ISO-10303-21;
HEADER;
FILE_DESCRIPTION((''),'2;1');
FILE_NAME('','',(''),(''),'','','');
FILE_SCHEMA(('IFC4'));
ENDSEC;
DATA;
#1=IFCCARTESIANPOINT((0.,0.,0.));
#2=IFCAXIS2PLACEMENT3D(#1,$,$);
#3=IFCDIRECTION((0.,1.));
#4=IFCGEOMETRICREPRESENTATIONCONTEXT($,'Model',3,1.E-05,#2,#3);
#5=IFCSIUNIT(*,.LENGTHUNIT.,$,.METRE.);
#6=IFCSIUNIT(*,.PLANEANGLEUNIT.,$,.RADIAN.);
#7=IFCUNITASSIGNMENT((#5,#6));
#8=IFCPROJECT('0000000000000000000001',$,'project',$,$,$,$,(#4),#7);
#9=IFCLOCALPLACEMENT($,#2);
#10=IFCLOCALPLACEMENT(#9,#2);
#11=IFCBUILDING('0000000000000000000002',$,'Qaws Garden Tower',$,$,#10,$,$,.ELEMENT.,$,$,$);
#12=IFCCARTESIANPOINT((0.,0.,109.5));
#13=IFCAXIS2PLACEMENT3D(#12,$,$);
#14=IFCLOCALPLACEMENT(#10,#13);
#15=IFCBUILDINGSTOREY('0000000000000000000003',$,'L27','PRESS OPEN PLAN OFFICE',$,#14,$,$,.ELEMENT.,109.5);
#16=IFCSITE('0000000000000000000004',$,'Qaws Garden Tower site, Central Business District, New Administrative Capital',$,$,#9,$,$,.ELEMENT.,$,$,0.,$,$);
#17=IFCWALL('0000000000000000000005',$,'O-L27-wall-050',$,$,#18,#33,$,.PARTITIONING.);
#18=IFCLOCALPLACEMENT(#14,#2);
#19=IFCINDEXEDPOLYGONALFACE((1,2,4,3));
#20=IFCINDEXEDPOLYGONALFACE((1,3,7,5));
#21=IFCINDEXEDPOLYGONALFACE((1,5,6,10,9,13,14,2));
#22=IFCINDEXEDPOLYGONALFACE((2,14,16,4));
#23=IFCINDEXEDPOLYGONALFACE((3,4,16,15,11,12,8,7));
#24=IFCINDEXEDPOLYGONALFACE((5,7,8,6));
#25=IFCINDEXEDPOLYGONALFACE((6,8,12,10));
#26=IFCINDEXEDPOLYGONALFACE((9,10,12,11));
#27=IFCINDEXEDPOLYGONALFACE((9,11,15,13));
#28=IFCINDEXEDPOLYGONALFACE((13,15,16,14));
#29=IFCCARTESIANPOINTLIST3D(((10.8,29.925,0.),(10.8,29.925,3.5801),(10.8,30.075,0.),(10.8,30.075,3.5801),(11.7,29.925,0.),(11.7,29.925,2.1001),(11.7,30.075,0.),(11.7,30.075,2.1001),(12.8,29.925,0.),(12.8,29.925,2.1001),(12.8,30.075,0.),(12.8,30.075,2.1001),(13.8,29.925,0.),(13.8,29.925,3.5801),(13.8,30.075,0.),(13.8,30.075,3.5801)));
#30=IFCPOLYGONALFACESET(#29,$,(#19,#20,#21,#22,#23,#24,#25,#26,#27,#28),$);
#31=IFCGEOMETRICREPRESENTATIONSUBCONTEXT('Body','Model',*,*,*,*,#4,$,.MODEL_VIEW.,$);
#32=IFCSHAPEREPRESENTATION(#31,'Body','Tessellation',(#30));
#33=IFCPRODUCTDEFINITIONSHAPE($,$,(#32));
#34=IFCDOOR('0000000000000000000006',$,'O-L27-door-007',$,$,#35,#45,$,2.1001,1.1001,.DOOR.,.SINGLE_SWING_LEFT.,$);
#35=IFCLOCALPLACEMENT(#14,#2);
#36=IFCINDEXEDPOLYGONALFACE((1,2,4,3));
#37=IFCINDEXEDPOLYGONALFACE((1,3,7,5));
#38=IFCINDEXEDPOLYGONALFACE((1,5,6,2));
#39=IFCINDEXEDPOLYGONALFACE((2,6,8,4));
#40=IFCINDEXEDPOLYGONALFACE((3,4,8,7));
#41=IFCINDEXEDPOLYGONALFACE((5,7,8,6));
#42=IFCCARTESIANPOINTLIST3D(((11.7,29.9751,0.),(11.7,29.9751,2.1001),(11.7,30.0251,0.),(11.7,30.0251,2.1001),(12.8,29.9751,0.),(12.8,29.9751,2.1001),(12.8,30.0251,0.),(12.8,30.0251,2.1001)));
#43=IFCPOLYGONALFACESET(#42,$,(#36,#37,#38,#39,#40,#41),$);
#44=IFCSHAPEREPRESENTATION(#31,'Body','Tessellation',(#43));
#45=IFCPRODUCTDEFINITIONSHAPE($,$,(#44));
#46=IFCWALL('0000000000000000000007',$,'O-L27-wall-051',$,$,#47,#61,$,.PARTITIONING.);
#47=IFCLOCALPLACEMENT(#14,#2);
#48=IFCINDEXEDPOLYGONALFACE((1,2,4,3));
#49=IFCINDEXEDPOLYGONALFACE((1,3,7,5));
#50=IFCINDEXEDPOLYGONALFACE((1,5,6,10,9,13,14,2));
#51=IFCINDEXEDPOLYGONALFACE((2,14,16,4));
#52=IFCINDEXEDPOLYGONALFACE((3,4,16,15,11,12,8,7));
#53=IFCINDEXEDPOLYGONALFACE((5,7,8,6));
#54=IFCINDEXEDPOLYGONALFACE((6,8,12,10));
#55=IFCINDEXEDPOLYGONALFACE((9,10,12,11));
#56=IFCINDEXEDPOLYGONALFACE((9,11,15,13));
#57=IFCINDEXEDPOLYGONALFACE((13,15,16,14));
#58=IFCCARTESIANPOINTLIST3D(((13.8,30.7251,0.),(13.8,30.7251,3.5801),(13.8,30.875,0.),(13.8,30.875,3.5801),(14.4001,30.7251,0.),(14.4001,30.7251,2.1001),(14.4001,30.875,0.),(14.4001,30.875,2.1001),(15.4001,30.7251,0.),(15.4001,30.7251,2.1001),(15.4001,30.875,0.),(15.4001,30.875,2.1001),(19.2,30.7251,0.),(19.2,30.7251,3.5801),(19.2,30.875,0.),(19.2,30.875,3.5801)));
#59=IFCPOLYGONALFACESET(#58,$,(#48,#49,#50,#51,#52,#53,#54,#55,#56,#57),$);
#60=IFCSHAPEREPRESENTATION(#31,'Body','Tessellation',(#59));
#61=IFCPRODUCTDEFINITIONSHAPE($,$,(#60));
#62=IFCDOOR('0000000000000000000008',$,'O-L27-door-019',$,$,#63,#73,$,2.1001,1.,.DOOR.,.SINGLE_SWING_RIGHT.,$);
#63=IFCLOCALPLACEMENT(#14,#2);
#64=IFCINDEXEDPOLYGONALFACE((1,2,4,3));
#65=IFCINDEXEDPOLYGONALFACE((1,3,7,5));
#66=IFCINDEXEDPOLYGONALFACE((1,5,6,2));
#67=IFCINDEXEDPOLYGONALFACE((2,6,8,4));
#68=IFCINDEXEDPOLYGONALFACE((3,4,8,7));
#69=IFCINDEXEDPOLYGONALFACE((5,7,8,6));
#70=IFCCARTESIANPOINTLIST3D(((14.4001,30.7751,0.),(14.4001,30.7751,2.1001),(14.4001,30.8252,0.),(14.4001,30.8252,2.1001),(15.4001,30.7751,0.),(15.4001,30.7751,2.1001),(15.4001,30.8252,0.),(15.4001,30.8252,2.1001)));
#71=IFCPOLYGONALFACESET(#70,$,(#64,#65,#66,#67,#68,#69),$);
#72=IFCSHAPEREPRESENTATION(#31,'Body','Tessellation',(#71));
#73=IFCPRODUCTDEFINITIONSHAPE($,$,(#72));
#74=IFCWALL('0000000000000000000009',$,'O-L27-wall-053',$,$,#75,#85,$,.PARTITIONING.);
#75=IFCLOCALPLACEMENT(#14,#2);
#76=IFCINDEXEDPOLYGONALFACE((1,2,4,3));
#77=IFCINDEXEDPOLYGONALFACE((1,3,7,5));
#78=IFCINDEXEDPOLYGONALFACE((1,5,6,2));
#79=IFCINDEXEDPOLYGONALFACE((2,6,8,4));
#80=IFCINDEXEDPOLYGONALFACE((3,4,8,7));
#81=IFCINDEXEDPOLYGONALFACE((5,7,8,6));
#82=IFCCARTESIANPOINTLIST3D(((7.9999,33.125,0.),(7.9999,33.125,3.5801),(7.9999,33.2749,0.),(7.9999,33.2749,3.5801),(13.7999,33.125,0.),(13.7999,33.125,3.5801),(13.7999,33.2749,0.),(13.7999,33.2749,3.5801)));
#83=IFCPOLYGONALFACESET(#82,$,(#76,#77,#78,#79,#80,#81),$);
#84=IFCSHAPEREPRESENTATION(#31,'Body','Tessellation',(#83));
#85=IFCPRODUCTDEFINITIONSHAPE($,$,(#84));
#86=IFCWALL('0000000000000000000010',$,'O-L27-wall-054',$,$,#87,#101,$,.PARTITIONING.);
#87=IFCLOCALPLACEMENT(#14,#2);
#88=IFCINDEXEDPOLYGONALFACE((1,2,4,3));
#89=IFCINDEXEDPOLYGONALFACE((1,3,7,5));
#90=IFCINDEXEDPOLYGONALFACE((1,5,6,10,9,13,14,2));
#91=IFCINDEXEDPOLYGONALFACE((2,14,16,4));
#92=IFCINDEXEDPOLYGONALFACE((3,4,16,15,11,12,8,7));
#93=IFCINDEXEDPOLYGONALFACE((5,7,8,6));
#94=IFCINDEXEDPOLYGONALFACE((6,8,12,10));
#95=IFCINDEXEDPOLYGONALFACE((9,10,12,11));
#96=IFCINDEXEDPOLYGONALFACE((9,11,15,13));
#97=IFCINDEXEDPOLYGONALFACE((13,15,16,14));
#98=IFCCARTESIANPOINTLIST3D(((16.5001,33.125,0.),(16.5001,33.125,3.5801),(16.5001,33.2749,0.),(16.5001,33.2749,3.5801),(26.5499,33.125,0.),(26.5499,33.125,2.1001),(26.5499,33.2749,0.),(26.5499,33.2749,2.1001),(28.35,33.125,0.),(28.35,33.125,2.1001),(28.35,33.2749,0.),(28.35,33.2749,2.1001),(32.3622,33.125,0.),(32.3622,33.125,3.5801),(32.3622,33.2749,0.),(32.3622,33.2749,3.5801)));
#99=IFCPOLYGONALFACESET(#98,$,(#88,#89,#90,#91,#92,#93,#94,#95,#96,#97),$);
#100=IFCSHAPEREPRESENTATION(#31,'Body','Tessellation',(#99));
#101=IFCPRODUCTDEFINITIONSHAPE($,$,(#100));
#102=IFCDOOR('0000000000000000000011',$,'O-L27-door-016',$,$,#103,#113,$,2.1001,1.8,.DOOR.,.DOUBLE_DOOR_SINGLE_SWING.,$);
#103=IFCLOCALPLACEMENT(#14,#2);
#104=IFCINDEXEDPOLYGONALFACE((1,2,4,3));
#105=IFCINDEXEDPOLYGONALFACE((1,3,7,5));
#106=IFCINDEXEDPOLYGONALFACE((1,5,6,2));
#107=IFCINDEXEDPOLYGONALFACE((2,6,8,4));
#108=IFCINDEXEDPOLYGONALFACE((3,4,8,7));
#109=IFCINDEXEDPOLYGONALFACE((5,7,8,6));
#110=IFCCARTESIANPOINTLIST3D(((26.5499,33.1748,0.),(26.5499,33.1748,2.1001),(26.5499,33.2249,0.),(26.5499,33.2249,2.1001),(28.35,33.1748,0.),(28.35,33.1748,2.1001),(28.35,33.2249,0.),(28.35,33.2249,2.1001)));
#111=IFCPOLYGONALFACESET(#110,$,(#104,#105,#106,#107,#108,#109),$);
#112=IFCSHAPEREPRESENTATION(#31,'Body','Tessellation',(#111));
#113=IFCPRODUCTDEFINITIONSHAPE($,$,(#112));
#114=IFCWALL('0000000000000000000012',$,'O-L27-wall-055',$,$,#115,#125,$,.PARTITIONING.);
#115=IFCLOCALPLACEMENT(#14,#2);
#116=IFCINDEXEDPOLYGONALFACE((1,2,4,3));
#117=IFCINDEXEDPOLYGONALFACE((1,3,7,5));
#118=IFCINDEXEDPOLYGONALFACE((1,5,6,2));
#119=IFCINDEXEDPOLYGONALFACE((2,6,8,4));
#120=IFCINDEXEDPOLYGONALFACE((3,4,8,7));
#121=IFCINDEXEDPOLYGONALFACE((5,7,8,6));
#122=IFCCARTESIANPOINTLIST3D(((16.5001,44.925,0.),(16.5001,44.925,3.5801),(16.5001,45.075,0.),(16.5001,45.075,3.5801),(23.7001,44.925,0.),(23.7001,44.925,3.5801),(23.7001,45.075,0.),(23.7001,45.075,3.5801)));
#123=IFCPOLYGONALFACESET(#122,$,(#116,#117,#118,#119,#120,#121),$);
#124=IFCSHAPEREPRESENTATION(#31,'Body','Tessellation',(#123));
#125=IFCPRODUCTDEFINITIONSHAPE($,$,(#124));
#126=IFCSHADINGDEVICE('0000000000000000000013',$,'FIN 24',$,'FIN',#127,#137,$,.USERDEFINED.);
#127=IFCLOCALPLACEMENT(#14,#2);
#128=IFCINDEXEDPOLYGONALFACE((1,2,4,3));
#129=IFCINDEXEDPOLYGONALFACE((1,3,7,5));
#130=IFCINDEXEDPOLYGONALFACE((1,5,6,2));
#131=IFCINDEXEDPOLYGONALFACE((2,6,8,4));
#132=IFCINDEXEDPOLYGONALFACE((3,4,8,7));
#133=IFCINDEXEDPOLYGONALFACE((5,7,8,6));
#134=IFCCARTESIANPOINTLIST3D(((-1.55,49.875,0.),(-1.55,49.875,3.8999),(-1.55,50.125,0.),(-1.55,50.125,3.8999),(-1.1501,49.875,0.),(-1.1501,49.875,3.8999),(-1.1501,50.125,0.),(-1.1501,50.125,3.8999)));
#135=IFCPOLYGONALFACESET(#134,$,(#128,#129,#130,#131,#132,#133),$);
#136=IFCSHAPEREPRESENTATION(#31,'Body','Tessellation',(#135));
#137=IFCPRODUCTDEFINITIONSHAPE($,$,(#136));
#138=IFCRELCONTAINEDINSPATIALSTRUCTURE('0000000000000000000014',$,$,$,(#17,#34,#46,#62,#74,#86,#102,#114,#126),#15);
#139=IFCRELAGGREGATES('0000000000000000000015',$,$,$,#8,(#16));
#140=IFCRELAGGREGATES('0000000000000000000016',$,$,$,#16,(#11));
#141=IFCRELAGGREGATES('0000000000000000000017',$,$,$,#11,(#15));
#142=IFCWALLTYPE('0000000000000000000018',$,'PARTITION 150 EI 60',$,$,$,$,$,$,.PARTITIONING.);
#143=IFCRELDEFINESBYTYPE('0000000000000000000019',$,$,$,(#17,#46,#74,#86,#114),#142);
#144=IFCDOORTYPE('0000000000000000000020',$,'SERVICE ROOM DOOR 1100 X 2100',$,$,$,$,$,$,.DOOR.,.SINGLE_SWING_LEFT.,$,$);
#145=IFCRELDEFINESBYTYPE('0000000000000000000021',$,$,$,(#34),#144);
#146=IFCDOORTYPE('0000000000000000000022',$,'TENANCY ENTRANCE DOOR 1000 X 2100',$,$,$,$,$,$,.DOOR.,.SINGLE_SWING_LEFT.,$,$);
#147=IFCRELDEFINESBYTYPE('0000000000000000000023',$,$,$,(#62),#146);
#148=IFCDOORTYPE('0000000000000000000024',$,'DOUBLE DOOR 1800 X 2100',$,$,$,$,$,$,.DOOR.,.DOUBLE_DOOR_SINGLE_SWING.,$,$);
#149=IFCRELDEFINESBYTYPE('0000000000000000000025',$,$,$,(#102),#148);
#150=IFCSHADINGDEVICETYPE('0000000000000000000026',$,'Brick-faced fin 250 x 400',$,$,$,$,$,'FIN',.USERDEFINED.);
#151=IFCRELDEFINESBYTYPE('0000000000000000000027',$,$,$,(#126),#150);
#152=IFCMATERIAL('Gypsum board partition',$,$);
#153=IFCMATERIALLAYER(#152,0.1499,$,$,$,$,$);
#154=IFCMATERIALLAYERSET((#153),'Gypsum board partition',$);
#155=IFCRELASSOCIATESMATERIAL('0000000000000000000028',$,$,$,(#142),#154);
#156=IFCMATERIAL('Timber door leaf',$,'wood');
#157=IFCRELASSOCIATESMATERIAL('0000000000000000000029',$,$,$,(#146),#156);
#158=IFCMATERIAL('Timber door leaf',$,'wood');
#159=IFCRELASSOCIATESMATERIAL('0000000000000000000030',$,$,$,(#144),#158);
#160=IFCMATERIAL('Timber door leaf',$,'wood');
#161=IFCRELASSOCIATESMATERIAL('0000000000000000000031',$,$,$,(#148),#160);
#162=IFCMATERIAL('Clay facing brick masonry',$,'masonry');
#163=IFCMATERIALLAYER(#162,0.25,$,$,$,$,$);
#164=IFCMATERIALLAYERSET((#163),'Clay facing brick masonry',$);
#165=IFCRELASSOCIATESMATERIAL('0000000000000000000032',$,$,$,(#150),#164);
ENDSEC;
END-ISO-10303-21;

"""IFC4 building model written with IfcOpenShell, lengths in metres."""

from ifc_helpers import new_model, si_unit, direction, frame, frame_2d, origin, origin_2d, place, context, subcontext, project, spatial, rectangle, extrude, material, layer, layer_set, type_object, element, fill, save


model = new_model("IFC4")

# Units and contexts
model_context = context("Model", 3, precision=1e-05, world=origin(), true_north=direction((0.0, 1.0)))
body_context = subcontext(model_context, "Body", "Model", "MODEL_VIEW")
ifc_project = project(units=[si_unit("LENGTHUNIT", "METRE"), si_unit("PLANEANGLEUNIT", "RADIAN")], contexts=[model_context])

# Site, building, storey
site_placement = place(None, origin())
site = spatial("IfcSite", under=ifc_project, at=site_placement, Name="Qaws Garden Tower site, Central Business District, New Administrative Capital", CompositionType="ELEMENT", RefElevation=0.0)
building_placement = place(site_placement, origin())
building = spatial("IfcBuilding", under=site, at=building_placement, Name="Qaws Garden Tower", CompositionType="ELEMENT")
storey_placement = place(building_placement, frame((0.0, 0.0, 109.5)))
storey = spatial("IfcBuildingStorey", under=building, at=storey_placement, Name="L27", Description="PRESS OPEN PLAN OFFICE", CompositionType="ELEMENT", Elevation=109.5)

# Shared definitions
ifc_material_1 = material(Name="Gypsum board partition")
ifc_layer_1 = layer(ifc_material_1, 0.1499)
ifc_layer_set_1 = layer_set([ifc_layer_1], Name="Gypsum board partition")
wall_type_1 = type_object("IfcWallType", Name="PARTITION 150 EI 60", PredefinedType="PARTITIONING", material=ifc_layer_set_1)
ifc_material_2 = material(Name="Timber door leaf", Category="wood")
door_type_1 = type_object("IfcDoorType", Name="TENANCY ENTRANCE DOOR 1000 X 2100", OperationType="SINGLE_SWING_LEFT", PredefinedType="DOOR", material=ifc_material_2)

# Walls, openings, doors
wall_1_placement = place(storey_placement, frame((10.8, 30.0, 0.0), z_axis=(0.0, 0.0, 1.0), x_axis=(1.0, 0.0, 0.0)))
wall_1 = element("IfcWall", 1, at=wall_1_placement, inside=storey, type_object=wall_type_1, Name="O-L27-wall-050", PredefinedType="PARTITIONING", context=body_context, shape_type="SweptSolid", body=[
    extrude(rectangle(XDim=3.0, YDim=0.1499, at=frame_2d((1.5, 0.0))), origin(), (0.0, 0.0, 1.0), 3.5801),
])
opening_1_placement = place(wall_1_placement, frame((0.8999, 0.0, 0.0)))
opening_1 = element("IfcOpeningElement", 2, at=opening_1_placement, cuts=wall_1, PredefinedType="OPENING", context=body_context, shape_type="SweptSolid", body=[
    extrude(rectangle(XDim=1.1001, YDim=2.1001, at=frame_2d((0.55, 1.05))), frame((0.0, 0.085, 0.0), z_axis=(0.0, -1.0, 0.0), x_axis=(1.0, 0.0, 0.0)), (0.0, 0.0, 1.0), 0.1699),
])
ifc_material_3 = material(Name="Timber door leaf", Category="wood")
door_type_2 = type_object("IfcDoorType", Name="SERVICE ROOM DOOR 1100 X 2100", OperationType="SINGLE_SWING_LEFT", PredefinedType="DOOR", material=ifc_material_3)
door_1_placement = place(opening_1_placement, frame((1.1001, 0.0, 0.0), z_axis=(0.0, 0.0, 1.0), x_axis=(-1.0, 0.0, 0.0)))
door_1 = element("IfcDoor", 3, at=door_1_placement, inside=storey, type_object=door_type_2, Name="O-L27-door-007", OperationType="SINGLE_SWING_LEFT", OverallHeight=2.1001, OverallWidth=1.1001, PredefinedType="DOOR", context=body_context, shape_type="SweptSolid", body=[
    extrude(rectangle(XDim=1.1001, YDim=2.1001, at=frame_2d((0.55, 1.05))), frame((0.0, 0.0249, 0.0), z_axis=(0.0, -1.0, 0.0), x_axis=(1.0, 0.0, 0.0)), (0.0, 0.0, 1.0), 0.05),
])
fill(opening_1, door_1)
wall_2_placement = place(storey_placement, frame((13.8, 30.8, 0.0), z_axis=(0.0, 0.0, 1.0), x_axis=(1.0, 0.0, 0.0)))
wall_2 = element("IfcWall", 4, at=wall_2_placement, inside=storey, type_object=wall_type_1, Name="O-L27-wall-051", PredefinedType="PARTITIONING", context=body_context, shape_type="SweptSolid", body=[
    extrude(rectangle(XDim=5.3999, YDim=0.1499, at=frame_2d((2.7, 0.0))), origin(), (0.0, 0.0, 1.0), 3.5801),
])
opening_2_placement = place(wall_2_placement, frame((0.6001, 0.0, 0.0)))
opening_2 = element("IfcOpeningElement", 5, at=opening_2_placement, cuts=wall_2, PredefinedType="OPENING", context=body_context, shape_type="SweptSolid", body=[
    extrude(rectangle(XDim=1.0, YDim=2.1001, at=frame_2d((0.5, 1.05))), frame((0.0, 0.085, 0.0), z_axis=(0.0, -1.0, 0.0), x_axis=(1.0, 0.0, 0.0)), (0.0, 0.0, 1.0), 0.1699),
])
door_2_placement = place(opening_2_placement, frame((1.0, 0.0, 0.0), z_axis=(0.0, 0.0, 1.0), x_axis=(-1.0, 0.0, 0.0)))
door_2 = element("IfcDoor", 6, at=door_2_placement, inside=storey, type_object=door_type_1, Name="O-L27-door-019", OperationType="SINGLE_SWING_RIGHT", OverallHeight=2.1001, OverallWidth=1.0, PredefinedType="DOOR", context=body_context, shape_type="SweptSolid", body=[
    extrude(rectangle(XDim=1.0, YDim=2.1001, at=frame_2d((0.5, 1.05))), frame((0.0, 0.0249, 0.0), z_axis=(0.0, -1.0, 0.0), x_axis=(1.0, 0.0, 0.0)), (0.0, 0.0, 1.0), 0.05),
])
fill(opening_2, door_2)

# Wall
wall_3_placement = place(storey_placement, frame((8.0, 33.2, 0.0), z_axis=(0.0, 0.0, 1.0), x_axis=(1.0, 0.0, 0.0)))
element("IfcWall", 7, at=wall_3_placement, inside=storey, type_object=wall_type_1, Name="O-L27-wall-053", PredefinedType="PARTITIONING", context=body_context, shape_type="SweptSolid", body=[
    extrude(rectangle(XDim=5.8, YDim=0.1499, at=frame_2d((2.8999, 0.0))), origin(), (0.0, 0.0, 1.0), 3.5801),
])

# Wall, opening, door
wall_4_placement = place(storey_placement, frame((16.5, 33.2, 0.0), z_axis=(0.0, 0.0, 1.0), x_axis=(1.0, 0.0, 0.0)))
wall_4 = element("IfcWall", 8, at=wall_4_placement, inside=storey, type_object=wall_type_1, Name="O-L27-wall-054", PredefinedType="PARTITIONING", context=body_context, shape_type="SweptSolid", body=[
    extrude(rectangle(XDim=15.8621, YDim=0.1499, at=frame_2d((7.9312, 0.0))), origin(), (0.0, 0.0, 1.0), 3.5801),
])
opening_3_placement = place(wall_4_placement, frame((10.05, 0.0, 0.0)))
opening_3 = element("IfcOpeningElement", 9, at=opening_3_placement, cuts=wall_4, PredefinedType="OPENING", context=body_context, shape_type="SweptSolid", body=[
    extrude(rectangle(XDim=1.8, YDim=2.1001, at=frame_2d((0.8999, 1.05))), frame((0.0, 0.085, 0.0), z_axis=(0.0, -1.0, 0.0), x_axis=(1.0, 0.0, 0.0)), (0.0, 0.0, 1.0), 0.1699),
])
ifc_material_4 = material(Name="Timber door leaf", Category="wood")
door_type_3 = type_object("IfcDoorType", Name="DOUBLE DOOR 1800 X 2100", OperationType="DOUBLE_DOOR_SINGLE_SWING", PredefinedType="DOOR", material=ifc_material_4)
door_3_placement = place(opening_3_placement, origin())
door_3 = element("IfcDoor", 10, at=door_3_placement, inside=storey, type_object=door_type_3, Name="O-L27-door-016", OperationType="DOUBLE_DOOR_SINGLE_SWING", OverallHeight=2.1001, OverallWidth=1.8, PredefinedType="DOOR", context=body_context, shape_type="SweptSolid", body=[
    extrude(rectangle(XDim=1.8, YDim=2.1001, at=frame_2d((0.8999, 1.05))), frame((0.0, 0.0249, 0.0), z_axis=(0.0, -1.0, 0.0), x_axis=(1.0, 0.0, 0.0)), (0.0, 0.0, 1.0), 0.05),
])
fill(opening_3, door_3)

# Wall
wall_5_placement = place(storey_placement, frame((16.5, 45.0, 0.0), z_axis=(0.0, 0.0, 1.0), x_axis=(1.0, 0.0, 0.0)))
element("IfcWall", 11, at=wall_5_placement, inside=storey, type_object=wall_type_1, Name="O-L27-wall-055", PredefinedType="PARTITIONING", context=body_context, shape_type="SweptSolid", body=[
    extrude(rectangle(XDim=7.2, YDim=0.1499, at=frame_2d((3.6001, 0.0))), origin(), (0.0, 0.0, 1.0), 3.5801),
])

# Shading device
ifc_material_5 = material(Name="Clay facing brick masonry", Category="masonry")
ifc_layer_2 = layer(ifc_material_5, 0.25)
ifc_layer_set_2 = layer_set([ifc_layer_2], Name="Clay facing brick masonry")
shading_device_type = type_object("IfcShadingDeviceType", Name="Brick-faced fin 250 x 400", ElementType="FIN", PredefinedType="USERDEFINED", material=ifc_layer_set_2)
shading_device_placement = place(storey_placement, frame((-1.3501, 50.0, 0.0), z_axis=(0.0, 0.0, 1.0), x_axis=(0.0, -1.0, 0.0)))
element("IfcShadingDevice", 12, at=shading_device_placement, inside=storey, type_object=shading_device_type, Name="FIN 24", ObjectType="FIN", PredefinedType="USERDEFINED", context=body_context, shape_type="SweptSolid", body=[
    extrude(rectangle(XDim=0.25, YDim=0.3999, at=origin_2d()), origin(), (0.0, 0.0, 1.0), 3.8999),
])

save(model, "model.ifc")
